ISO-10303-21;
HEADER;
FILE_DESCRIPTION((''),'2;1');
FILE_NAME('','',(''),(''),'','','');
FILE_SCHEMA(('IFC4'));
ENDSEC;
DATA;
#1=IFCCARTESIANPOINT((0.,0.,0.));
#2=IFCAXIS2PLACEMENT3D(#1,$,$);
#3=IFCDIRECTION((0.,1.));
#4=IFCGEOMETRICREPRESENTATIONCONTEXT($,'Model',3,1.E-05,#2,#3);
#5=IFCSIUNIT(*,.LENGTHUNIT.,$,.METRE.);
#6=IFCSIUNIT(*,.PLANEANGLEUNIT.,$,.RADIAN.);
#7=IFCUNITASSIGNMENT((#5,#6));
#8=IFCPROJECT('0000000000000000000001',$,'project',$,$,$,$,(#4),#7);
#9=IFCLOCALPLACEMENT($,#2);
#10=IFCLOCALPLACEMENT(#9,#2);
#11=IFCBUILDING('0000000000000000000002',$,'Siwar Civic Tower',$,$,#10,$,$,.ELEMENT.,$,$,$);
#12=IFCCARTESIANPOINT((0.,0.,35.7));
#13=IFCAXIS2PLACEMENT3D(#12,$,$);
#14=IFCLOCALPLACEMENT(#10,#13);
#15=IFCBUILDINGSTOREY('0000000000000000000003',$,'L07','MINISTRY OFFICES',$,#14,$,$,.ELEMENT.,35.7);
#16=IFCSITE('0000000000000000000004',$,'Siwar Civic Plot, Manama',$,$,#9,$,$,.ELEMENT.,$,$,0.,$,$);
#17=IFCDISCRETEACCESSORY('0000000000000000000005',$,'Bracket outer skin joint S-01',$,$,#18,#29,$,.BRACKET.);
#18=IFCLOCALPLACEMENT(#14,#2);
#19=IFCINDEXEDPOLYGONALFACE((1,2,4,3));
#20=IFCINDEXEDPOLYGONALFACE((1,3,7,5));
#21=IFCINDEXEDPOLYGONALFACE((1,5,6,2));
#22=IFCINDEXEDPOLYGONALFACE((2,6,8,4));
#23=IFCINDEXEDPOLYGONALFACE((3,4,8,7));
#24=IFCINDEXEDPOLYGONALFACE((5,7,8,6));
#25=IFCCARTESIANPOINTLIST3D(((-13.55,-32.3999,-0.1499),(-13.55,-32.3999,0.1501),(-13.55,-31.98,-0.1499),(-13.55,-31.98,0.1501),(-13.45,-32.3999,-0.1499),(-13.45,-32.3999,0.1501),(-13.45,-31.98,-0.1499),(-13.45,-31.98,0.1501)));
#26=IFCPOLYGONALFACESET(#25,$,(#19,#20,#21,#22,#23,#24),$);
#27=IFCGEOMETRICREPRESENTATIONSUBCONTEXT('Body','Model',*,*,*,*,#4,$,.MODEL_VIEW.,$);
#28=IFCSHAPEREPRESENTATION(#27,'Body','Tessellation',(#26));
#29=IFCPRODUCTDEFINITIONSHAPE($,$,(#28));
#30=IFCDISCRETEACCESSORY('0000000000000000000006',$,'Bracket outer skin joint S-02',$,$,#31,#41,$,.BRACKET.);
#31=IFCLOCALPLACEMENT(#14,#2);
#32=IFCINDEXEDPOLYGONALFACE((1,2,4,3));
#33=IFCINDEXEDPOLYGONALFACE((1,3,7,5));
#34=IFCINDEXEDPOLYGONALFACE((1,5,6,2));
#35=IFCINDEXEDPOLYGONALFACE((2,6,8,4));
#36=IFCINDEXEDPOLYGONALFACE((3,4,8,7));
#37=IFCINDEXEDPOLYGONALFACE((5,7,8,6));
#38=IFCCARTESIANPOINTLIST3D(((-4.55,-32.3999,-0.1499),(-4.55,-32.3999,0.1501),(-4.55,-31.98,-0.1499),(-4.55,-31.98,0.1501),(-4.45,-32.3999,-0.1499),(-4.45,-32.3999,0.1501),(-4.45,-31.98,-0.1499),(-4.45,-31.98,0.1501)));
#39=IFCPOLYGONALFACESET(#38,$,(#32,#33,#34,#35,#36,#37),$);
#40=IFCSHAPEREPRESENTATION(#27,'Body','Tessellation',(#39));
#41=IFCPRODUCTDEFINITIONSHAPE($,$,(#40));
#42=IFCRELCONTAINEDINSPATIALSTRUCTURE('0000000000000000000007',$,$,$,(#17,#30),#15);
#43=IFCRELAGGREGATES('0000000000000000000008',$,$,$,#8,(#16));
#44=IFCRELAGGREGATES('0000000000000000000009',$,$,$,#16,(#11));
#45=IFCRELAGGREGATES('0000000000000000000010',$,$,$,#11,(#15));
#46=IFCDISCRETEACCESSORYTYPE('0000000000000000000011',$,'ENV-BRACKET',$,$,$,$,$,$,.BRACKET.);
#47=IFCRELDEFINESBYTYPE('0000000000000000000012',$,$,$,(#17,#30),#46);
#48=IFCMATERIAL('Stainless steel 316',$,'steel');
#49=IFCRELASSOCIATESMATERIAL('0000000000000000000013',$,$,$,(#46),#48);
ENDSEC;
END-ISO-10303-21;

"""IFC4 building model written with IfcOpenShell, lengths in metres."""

from ifc_helpers import new_model, si_unit, direction, frame, origin, origin_2d, place, context, subcontext, project, spatial, rectangle, extrude, material, type_object, element, save


model = new_model("IFC4")

# Units and contexts
model_context = context("Model", 3, precision=1e-05, world=origin(), true_north=direction((0.0, 1.0)))
body_context = subcontext(model_context, "Body", "Model", "MODEL_VIEW")
ifc_project = project(units=[si_unit("LENGTHUNIT", "METRE"), si_unit("PLANEANGLEUNIT", "RADIAN")], contexts=[model_context])

# Site, building, storey
site_placement = place(None, origin())
site = spatial("IfcSite", under=ifc_project, at=site_placement, Name="Siwar Civic Plot, Manama", CompositionType="ELEMENT", RefElevation=0.0)
building_placement = place(site_placement, origin())
building = spatial("IfcBuilding", under=site, at=building_placement, Name="Siwar Civic Tower", CompositionType="ELEMENT")
storey_placement = place(building_placement, frame((0.0, 0.0, 35.7)))
storey = spatial("IfcBuildingStorey", under=building, at=storey_placement, Name="L07", Description="MINISTRY OFFICES", CompositionType="ELEMENT", Elevation=35.7)

# Discrete accessories
ifc_material_1 = material(Name="Stainless steel 316", Category="steel")
discrete_accessory_type = type_object("IfcDiscreteAccessoryType", Name="ENV-BRACKET", PredefinedType="BRACKET", material=ifc_material_1)
for number, where, z_axis, x_axis, name in (
    (1, (-13.5, -32.1899, -0.1499), (0.0, 0.0, 1.0), (0.0, -1.0, 0.0), "Bracket outer skin joint S-01"),
    (2, (-4.5, -32.1899, -0.1499), (0.0, 0.0, 1.0), (0.0, -1.0, 0.0), "Bracket outer skin joint S-02"),
):
    element("IfcDiscreteAccessory", number, at=place(storey_placement, frame(where, z_axis=z_axis, x_axis=x_axis)), inside=storey, type_object=discrete_accessory_type, Name=name, PredefinedType="BRACKET", context=body_context, shape_type="SweptSolid", body=[
        extrude(rectangle(XDim=0.4199, YDim=0.1001, at=origin_2d()), origin(), (0.0, 0.0, 1.0), 0.3),
    ])

save(model, "model.ifc")
